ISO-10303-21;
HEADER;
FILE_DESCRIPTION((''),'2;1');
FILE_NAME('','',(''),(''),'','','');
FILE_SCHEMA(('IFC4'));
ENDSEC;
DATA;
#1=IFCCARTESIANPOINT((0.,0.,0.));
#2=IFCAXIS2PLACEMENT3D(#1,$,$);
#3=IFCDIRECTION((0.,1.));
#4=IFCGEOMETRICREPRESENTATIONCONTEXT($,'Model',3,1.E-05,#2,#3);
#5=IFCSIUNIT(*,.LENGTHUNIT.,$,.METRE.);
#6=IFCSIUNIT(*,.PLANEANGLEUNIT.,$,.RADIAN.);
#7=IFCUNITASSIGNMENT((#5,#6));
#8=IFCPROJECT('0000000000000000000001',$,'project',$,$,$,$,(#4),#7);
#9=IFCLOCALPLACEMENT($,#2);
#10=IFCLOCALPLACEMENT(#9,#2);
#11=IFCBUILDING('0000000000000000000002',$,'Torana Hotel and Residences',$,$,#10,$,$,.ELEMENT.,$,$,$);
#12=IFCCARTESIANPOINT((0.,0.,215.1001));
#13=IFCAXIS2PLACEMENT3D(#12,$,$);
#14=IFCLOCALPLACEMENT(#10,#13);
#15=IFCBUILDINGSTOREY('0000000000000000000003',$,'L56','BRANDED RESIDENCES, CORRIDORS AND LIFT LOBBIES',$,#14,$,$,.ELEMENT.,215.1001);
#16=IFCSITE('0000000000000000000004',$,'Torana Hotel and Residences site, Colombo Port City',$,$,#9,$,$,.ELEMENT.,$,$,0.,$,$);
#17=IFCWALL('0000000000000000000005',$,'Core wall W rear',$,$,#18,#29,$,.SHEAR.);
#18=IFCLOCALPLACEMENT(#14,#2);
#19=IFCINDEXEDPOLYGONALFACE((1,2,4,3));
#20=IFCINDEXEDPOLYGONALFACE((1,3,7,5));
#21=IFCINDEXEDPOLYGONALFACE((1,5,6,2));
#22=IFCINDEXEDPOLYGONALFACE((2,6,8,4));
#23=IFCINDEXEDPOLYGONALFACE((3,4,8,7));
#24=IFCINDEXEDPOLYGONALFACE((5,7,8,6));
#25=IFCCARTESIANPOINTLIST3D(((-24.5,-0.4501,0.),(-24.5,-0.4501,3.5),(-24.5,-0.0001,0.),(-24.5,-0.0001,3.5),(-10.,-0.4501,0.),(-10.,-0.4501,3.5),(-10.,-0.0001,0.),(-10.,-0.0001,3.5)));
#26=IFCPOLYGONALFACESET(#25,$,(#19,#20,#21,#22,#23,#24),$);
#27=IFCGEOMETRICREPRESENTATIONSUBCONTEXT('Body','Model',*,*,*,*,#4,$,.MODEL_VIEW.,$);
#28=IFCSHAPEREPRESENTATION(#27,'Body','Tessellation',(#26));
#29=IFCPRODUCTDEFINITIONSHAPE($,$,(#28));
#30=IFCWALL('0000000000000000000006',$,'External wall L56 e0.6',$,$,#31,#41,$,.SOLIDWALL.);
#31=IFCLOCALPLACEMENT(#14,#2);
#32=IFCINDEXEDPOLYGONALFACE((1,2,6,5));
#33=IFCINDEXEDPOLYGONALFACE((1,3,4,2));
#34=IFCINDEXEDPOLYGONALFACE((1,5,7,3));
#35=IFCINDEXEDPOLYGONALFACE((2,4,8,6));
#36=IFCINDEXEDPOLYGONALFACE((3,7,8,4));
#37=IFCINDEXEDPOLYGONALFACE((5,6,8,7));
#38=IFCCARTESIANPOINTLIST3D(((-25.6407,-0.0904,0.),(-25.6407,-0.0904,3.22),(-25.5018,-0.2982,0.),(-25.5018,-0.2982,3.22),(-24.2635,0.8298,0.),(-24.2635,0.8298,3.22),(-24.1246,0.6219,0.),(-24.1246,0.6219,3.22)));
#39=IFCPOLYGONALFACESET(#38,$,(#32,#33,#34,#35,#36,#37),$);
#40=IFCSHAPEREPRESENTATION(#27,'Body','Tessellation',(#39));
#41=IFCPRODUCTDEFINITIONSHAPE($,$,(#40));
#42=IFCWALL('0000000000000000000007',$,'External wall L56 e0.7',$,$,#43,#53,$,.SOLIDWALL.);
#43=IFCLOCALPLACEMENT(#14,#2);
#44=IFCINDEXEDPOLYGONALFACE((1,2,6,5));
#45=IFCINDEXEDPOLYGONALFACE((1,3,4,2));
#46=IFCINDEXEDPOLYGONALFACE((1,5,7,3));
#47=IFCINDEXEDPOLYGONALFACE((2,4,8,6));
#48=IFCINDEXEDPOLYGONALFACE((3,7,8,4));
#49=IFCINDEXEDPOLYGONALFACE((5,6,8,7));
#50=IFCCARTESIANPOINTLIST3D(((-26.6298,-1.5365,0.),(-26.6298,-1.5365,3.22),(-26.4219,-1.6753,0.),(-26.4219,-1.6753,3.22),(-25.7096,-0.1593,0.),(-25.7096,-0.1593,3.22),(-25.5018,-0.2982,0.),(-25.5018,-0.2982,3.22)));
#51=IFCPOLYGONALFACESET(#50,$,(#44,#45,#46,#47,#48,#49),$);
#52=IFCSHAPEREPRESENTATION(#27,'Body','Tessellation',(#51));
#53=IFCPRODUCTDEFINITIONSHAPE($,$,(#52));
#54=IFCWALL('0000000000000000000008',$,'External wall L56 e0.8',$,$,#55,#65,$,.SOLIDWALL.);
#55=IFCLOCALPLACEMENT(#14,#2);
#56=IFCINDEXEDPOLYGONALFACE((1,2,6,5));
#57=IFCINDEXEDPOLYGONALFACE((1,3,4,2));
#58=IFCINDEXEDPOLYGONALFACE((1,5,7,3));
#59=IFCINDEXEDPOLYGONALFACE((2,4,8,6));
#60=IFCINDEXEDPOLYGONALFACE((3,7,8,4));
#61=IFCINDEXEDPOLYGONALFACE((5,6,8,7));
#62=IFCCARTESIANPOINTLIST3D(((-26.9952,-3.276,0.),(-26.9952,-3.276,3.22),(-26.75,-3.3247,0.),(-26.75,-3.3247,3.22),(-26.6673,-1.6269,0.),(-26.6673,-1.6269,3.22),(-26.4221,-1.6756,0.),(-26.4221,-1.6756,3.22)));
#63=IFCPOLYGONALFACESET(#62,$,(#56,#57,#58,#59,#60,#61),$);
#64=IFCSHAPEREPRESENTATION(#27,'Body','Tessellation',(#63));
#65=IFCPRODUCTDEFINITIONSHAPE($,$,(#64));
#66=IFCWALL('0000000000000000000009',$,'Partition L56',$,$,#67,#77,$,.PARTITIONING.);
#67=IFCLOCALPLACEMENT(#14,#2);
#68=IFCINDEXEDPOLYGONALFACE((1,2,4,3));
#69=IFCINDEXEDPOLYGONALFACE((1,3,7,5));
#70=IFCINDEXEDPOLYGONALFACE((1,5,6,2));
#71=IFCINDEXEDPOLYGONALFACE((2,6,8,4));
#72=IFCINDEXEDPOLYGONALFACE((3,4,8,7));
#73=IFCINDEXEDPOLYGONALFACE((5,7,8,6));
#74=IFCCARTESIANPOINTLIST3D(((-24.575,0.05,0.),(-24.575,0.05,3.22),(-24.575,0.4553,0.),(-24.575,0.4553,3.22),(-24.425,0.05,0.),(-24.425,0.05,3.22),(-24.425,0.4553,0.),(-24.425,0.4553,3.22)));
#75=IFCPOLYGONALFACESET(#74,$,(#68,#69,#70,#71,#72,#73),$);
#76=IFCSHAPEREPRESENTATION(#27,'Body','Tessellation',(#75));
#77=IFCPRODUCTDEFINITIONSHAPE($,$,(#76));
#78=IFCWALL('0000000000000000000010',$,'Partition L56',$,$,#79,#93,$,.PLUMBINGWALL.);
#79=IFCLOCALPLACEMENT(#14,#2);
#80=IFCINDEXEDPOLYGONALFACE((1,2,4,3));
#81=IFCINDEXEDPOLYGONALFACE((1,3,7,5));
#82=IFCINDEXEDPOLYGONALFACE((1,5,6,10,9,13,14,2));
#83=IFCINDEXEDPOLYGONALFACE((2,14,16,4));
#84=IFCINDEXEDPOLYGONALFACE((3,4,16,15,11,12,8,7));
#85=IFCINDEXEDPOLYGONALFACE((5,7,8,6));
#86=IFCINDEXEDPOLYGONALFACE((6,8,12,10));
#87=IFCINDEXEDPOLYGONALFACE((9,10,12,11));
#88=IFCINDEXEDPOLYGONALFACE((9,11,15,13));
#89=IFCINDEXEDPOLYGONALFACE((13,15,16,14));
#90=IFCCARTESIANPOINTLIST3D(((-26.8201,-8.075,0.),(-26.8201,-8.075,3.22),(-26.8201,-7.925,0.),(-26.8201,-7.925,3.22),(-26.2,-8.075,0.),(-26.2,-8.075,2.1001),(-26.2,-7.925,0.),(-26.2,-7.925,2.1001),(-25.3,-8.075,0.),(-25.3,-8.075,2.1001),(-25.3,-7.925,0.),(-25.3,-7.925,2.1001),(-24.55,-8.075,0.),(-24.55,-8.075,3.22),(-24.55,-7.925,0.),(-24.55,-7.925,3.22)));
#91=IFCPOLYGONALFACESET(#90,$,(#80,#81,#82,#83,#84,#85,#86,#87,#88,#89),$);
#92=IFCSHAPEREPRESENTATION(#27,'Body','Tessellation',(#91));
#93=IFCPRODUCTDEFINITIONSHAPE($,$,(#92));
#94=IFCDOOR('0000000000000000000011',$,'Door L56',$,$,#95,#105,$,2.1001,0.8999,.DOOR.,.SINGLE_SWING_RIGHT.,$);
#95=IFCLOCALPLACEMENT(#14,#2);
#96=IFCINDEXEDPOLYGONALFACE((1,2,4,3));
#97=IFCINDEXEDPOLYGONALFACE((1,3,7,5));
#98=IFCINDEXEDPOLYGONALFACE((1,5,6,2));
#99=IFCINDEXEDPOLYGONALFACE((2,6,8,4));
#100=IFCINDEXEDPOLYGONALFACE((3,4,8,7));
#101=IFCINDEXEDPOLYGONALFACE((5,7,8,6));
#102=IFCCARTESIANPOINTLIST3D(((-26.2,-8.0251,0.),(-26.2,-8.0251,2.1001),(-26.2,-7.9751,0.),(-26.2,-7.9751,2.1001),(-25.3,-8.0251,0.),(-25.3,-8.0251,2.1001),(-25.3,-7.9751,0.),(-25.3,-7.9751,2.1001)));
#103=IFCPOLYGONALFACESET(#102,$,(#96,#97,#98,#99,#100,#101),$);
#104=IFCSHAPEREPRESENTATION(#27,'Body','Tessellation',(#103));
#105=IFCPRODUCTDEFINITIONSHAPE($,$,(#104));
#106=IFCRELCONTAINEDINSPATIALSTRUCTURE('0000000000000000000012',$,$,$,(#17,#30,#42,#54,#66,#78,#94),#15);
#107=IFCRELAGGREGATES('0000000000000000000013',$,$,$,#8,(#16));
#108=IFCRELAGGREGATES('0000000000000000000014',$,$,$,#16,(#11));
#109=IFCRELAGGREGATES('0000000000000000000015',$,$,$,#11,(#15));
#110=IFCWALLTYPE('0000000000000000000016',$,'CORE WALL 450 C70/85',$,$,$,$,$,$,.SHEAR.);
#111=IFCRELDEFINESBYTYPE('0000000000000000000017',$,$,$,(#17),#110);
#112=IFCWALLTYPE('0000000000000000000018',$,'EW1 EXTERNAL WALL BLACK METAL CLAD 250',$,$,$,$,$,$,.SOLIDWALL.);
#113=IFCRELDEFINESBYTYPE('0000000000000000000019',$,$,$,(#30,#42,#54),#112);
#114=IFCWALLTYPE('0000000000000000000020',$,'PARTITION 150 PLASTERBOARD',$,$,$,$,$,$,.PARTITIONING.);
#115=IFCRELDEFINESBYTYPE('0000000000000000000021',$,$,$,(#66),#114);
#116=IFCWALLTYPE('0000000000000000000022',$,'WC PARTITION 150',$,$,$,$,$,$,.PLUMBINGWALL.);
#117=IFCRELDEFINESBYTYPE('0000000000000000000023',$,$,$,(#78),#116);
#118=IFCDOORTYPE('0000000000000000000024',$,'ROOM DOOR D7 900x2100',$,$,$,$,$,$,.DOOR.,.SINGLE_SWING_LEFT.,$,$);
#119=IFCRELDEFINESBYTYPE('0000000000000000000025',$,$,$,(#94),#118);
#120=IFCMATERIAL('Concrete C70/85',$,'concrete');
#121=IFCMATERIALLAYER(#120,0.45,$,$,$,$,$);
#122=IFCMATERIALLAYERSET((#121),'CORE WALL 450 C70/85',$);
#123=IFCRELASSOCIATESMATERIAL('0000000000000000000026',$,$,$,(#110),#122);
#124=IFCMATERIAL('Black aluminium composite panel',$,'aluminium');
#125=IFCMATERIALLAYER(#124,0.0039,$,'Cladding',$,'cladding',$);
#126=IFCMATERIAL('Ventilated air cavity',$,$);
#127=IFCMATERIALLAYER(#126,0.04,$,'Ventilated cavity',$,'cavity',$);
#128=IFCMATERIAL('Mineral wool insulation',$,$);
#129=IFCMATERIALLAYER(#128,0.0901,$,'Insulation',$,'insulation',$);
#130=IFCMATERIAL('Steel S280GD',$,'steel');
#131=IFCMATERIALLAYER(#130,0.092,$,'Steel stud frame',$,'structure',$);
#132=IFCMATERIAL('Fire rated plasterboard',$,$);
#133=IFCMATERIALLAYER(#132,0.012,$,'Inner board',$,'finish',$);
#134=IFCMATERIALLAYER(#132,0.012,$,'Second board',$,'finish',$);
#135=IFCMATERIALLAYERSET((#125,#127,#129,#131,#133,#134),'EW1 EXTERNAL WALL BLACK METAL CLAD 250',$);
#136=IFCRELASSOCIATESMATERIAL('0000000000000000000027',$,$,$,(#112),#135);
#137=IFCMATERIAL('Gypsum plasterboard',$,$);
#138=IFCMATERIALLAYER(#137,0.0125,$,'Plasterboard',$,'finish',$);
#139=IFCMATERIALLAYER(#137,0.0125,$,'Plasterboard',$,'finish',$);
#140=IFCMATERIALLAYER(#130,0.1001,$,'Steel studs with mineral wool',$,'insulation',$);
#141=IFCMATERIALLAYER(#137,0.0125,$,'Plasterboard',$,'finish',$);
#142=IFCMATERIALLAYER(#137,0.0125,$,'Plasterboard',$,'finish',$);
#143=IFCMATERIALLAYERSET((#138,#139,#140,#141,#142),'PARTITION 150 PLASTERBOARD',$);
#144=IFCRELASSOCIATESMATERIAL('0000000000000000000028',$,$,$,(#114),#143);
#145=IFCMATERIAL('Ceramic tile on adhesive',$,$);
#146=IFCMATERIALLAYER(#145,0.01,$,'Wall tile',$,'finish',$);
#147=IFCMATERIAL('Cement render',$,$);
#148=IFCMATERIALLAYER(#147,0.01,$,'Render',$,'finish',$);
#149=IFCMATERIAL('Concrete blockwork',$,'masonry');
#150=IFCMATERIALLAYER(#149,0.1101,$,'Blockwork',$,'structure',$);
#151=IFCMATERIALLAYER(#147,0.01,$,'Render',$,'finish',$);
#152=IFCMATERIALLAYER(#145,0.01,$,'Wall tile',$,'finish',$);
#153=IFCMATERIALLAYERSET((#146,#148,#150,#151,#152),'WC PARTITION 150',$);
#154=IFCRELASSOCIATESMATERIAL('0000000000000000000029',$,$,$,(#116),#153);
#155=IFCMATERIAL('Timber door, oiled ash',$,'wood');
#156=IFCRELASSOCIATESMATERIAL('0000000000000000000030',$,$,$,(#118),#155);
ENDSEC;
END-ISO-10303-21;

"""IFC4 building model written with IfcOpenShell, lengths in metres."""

from ifc_helpers import new_model, si_unit, direction, frame, frame_2d, origin, place, context, subcontext, project, spatial, rectangle, extrude, material, layer, layer_set, type_object, element, fill, save


model = new_model("IFC4")

# Units and contexts
model_context = context("Model", 3, precision=1e-05, world=origin(), true_north=direction((0.0, 1.0)))
body_context = subcontext(model_context, "Body", "Model", "MODEL_VIEW")
ifc_project = project(units=[si_unit("LENGTHUNIT", "METRE"), si_unit("PLANEANGLEUNIT", "RADIAN")], contexts=[model_context])

# Site, building, storey
site_placement = place(None, origin())
site = spatial("IfcSite", under=ifc_project, at=site_placement, Name="Torana Hotel and Residences site, Colombo Port City", CompositionType="ELEMENT", RefElevation=0.0)
building_placement = place(site_placement, origin())
building = spatial("IfcBuilding", under=site, at=building_placement, Name="Torana Hotel and Residences", CompositionType="ELEMENT")
storey_placement = place(building_placement, frame((0.0, 0.0, 215.1001)))
storey = spatial("IfcBuildingStorey", under=building, at=storey_placement, Name="L56", Description="BRANDED RESIDENCES, CORRIDORS AND LIFT LOBBIES", CompositionType="ELEMENT", Elevation=215.1001)

# Walls
ifc_material_1 = material(Name="Concrete C70/85", Category="concrete")
ifc_layer_1 = layer(ifc_material_1, 0.45)
ifc_layer_set_1 = layer_set([ifc_layer_1], Name="CORE WALL 450 C70/85")
wall_type_1 = type_object("IfcWallType", Name="CORE WALL 450 C70/85", PredefinedType="SHEAR", material=ifc_layer_set_1)
wall_1_placement = place(storey_placement, frame((-24.5, -0.2251, 0.0), z_axis=(0.0, 0.0, 1.0), x_axis=(1.0, 0.0, 0.0)))
element("IfcWall", 1, at=wall_1_placement, inside=storey, type_object=wall_type_1, Name="Core wall W rear", PredefinedType="SHEAR", context=body_context, shape_type="SweptSolid", body=[
    extrude(rectangle(XDim=14.5, YDim=0.45, at=frame_2d((7.25, 0.0))), origin(), (0.0, 0.0, 1.0), 3.5),
])
ifc_material_2 = material(Name="Black aluminium composite panel", Category="aluminium")
ifc_layer_2 = layer(ifc_material_2, 0.0039, Name="Cladding", Category="cladding")
ifc_material_3 = material(Name="Ventilated air cavity")
ifc_layer_3 = layer(ifc_material_3, 0.04, Name="Ventilated cavity", Category="cavity")
ifc_material_4 = material(Name="Mineral wool insulation")
ifc_layer_4 = layer(ifc_material_4, 0.0901, Name="Insulation", Category="insulation")
ifc_material_5 = material(Name="Steel S280GD", Category="steel")
ifc_layer_5 = layer(ifc_material_5, 0.092, Name="Steel stud frame", Category="structure")
ifc_material_6 = material(Name="Fire rated plasterboard")
ifc_layer_6 = layer(ifc_material_6, 0.012, Name="Inner board", Category="finish")
ifc_layer_7 = layer(ifc_material_6, 0.012, Name="Second board", Category="finish")
ifc_layer_set_2 = layer_set([ifc_layer_2, ifc_layer_3, ifc_layer_4, ifc_layer_5, ifc_layer_6, ifc_layer_7], Name="EW1 EXTERNAL WALL BLACK METAL CLAD 250")
wall_type_2 = type_object("IfcWallType", Name="EW1 EXTERNAL WALL BLACK METAL CLAD 250", PredefinedType="SOLIDWALL", material=ifc_layer_set_2)
for number, where, z_axis, x_axis, name in (
    (2, (-24.1941, 0.7258, 0.0), (0.0, 0.0, 1.0), (-0.831483, -0.55555, 0.0), "External wall L56 e0.6"),
    (3, (-25.6057, -0.2288, 0.0), (0.0, 0.0, 1.0), (-0.55555, -0.831483, 0.0), "External wall L56 e0.7"),
):
    element("IfcWall", number, at=place(storey_placement, frame(where, z_axis=z_axis, x_axis=x_axis)), inside=storey, type_object=wall_type_2, Name=name, PredefinedType="SOLIDWALL", context=body_context, shape_type="SweptSolid", body=[
        extrude(rectangle(XDim=1.6562, YDim=0.25, at=frame_2d((0.8281, 0.0))), origin(), (0.0, 0.0, 1.0), 3.22),
    ])
wall_2_placement = place(storey_placement, frame((-26.5447, -1.6511, 0.0), z_axis=(0.0, 0.0, 1.0), x_axis=(-0.194999, -0.980803, 0.0)))
element("IfcWall", 4, at=wall_2_placement, inside=storey, type_object=wall_type_2, Name="External wall L56 e0.8", PredefinedType="SOLIDWALL", context=body_context, shape_type="SweptSolid", body=[
    extrude(rectangle(XDim=1.6814, YDim=0.25, at=frame_2d((0.8408, 0.0))), origin(), (0.0, 0.0, 1.0), 3.22),
])

# Wall
ifc_material_7 = material(Name="Gypsum plasterboard")
ifc_layer_8 = layer(ifc_material_7, 0.0125, Name="Plasterboard", Category="finish")
ifc_layer_9 = layer(ifc_material_7, 0.0125, Name="Plasterboard", Category="finish")
ifc_layer_10 = layer(ifc_material_5, 0.1001, Name="Steel studs with mineral wool", Category="insulation")
ifc_layer_11 = layer(ifc_material_7, 0.0125, Name="Plasterboard", Category="finish")
ifc_layer_12 = layer(ifc_material_7, 0.0125, Name="Plasterboard", Category="finish")
ifc_layer_set_3 = layer_set([ifc_layer_8, ifc_layer_9, ifc_layer_10, ifc_layer_11, ifc_layer_12], Name="PARTITION 150 PLASTERBOARD")
wall_type_3 = type_object("IfcWallType", Name="PARTITION 150 PLASTERBOARD", PredefinedType="PARTITIONING", material=ifc_layer_set_3)
wall_3_placement = place(storey_placement, frame((-24.5, 0.05, 0.0), z_axis=(0.0, 0.0, 1.0), x_axis=(0.0, 1.0, 0.0)))
element("IfcWall", 5, at=wall_3_placement, inside=storey, type_object=wall_type_3, Name="Partition L56", PredefinedType="PARTITIONING", context=body_context, shape_type="SweptSolid", body=[
    extrude(rectangle(XDim=0.4053, YDim=0.1499, at=frame_2d((0.2026, 0.0))), origin(), (0.0, 0.0, 1.0), 3.22),
])

# Wall, opening, door
ifc_material_8 = material(Name="Ceramic tile on adhesive")
ifc_layer_13 = layer(ifc_material_8, 0.01, Name="Wall tile", Category="finish")
ifc_material_9 = material(Name="Cement render")
ifc_layer_14 = layer(ifc_material_9, 0.01, Name="Render", Category="finish")
ifc_material_10 = material(Name="Concrete blockwork", Category="masonry")
ifc_layer_15 = layer(ifc_material_10, 0.1101, Name="Blockwork", Category="structure")
ifc_layer_16 = layer(ifc_material_9, 0.01, Name="Render", Category="finish")
ifc_layer_17 = layer(ifc_material_8, 0.01, Name="Wall tile", Category="finish")
ifc_layer_set_4 = layer_set([ifc_layer_13, ifc_layer_14, ifc_layer_15, ifc_layer_16, ifc_layer_17], Name="WC PARTITION 150")
wall_type_4 = type_object("IfcWallType", Name="WC PARTITION 150", PredefinedType="PLUMBINGWALL", material=ifc_layer_set_4)
wall_4_placement = place(storey_placement, frame((-26.8201, -8.0, 0.0), z_axis=(0.0, 0.0, 1.0), x_axis=(1.0, 0.0, 0.0)))
wall_4 = element("IfcWall", 6, at=wall_4_placement, inside=storey, type_object=wall_type_4, Name="Partition L56", PredefinedType="PLUMBINGWALL", context=body_context, shape_type="SweptSolid", body=[
    extrude(rectangle(XDim=2.27, YDim=0.1499, at=frame_2d((1.135, 0.0))), origin(), (0.0, 0.0, 1.0), 3.22),
])
opening_1_placement = place(wall_4_placement, frame((0.6201, 0.0, 0.0)))
opening_1 = element("IfcOpeningElement", 7, at=opening_1_placement, cuts=wall_4, PredefinedType="OPENING", context=body_context, shape_type="SweptSolid", body=[
    extrude(rectangle(XDim=0.8999, YDim=2.1001, at=frame_2d((0.45, 1.05))), frame((0.0, 0.085, 0.0), z_axis=(0.0, -1.0, 0.0), x_axis=(1.0, 0.0, 0.0)), (0.0, 0.0, 1.0), 0.1699),
])
ifc_material_11 = material(Name="Timber door, oiled ash", Category="wood")
door_type_1 = type_object("IfcDoorType", Name="ROOM DOOR D7 900x2100", OperationType="SINGLE_SWING_LEFT", PredefinedType="DOOR", material=ifc_material_11)
door_1_placement = place(opening_1_placement, origin())
door_1 = element("IfcDoor", 8, at=door_1_placement, inside=storey, type_object=door_type_1, Name="Door L56", OperationType="SINGLE_SWING_RIGHT", OverallHeight=2.1001, OverallWidth=0.8999, PredefinedType="DOOR", context=body_context, shape_type="SweptSolid", body=[
    extrude(rectangle(XDim=0.8999, YDim=2.1001, at=frame_2d((0.45, 1.05))), frame((0.0, 0.0249, 0.0), z_axis=(0.0, -1.0, 0.0), x_axis=(1.0, 0.0, 0.0)), (0.0, 0.0, 1.0), 0.05),
])
fill(opening_1, door_1)

save(model, "model.ifc")
